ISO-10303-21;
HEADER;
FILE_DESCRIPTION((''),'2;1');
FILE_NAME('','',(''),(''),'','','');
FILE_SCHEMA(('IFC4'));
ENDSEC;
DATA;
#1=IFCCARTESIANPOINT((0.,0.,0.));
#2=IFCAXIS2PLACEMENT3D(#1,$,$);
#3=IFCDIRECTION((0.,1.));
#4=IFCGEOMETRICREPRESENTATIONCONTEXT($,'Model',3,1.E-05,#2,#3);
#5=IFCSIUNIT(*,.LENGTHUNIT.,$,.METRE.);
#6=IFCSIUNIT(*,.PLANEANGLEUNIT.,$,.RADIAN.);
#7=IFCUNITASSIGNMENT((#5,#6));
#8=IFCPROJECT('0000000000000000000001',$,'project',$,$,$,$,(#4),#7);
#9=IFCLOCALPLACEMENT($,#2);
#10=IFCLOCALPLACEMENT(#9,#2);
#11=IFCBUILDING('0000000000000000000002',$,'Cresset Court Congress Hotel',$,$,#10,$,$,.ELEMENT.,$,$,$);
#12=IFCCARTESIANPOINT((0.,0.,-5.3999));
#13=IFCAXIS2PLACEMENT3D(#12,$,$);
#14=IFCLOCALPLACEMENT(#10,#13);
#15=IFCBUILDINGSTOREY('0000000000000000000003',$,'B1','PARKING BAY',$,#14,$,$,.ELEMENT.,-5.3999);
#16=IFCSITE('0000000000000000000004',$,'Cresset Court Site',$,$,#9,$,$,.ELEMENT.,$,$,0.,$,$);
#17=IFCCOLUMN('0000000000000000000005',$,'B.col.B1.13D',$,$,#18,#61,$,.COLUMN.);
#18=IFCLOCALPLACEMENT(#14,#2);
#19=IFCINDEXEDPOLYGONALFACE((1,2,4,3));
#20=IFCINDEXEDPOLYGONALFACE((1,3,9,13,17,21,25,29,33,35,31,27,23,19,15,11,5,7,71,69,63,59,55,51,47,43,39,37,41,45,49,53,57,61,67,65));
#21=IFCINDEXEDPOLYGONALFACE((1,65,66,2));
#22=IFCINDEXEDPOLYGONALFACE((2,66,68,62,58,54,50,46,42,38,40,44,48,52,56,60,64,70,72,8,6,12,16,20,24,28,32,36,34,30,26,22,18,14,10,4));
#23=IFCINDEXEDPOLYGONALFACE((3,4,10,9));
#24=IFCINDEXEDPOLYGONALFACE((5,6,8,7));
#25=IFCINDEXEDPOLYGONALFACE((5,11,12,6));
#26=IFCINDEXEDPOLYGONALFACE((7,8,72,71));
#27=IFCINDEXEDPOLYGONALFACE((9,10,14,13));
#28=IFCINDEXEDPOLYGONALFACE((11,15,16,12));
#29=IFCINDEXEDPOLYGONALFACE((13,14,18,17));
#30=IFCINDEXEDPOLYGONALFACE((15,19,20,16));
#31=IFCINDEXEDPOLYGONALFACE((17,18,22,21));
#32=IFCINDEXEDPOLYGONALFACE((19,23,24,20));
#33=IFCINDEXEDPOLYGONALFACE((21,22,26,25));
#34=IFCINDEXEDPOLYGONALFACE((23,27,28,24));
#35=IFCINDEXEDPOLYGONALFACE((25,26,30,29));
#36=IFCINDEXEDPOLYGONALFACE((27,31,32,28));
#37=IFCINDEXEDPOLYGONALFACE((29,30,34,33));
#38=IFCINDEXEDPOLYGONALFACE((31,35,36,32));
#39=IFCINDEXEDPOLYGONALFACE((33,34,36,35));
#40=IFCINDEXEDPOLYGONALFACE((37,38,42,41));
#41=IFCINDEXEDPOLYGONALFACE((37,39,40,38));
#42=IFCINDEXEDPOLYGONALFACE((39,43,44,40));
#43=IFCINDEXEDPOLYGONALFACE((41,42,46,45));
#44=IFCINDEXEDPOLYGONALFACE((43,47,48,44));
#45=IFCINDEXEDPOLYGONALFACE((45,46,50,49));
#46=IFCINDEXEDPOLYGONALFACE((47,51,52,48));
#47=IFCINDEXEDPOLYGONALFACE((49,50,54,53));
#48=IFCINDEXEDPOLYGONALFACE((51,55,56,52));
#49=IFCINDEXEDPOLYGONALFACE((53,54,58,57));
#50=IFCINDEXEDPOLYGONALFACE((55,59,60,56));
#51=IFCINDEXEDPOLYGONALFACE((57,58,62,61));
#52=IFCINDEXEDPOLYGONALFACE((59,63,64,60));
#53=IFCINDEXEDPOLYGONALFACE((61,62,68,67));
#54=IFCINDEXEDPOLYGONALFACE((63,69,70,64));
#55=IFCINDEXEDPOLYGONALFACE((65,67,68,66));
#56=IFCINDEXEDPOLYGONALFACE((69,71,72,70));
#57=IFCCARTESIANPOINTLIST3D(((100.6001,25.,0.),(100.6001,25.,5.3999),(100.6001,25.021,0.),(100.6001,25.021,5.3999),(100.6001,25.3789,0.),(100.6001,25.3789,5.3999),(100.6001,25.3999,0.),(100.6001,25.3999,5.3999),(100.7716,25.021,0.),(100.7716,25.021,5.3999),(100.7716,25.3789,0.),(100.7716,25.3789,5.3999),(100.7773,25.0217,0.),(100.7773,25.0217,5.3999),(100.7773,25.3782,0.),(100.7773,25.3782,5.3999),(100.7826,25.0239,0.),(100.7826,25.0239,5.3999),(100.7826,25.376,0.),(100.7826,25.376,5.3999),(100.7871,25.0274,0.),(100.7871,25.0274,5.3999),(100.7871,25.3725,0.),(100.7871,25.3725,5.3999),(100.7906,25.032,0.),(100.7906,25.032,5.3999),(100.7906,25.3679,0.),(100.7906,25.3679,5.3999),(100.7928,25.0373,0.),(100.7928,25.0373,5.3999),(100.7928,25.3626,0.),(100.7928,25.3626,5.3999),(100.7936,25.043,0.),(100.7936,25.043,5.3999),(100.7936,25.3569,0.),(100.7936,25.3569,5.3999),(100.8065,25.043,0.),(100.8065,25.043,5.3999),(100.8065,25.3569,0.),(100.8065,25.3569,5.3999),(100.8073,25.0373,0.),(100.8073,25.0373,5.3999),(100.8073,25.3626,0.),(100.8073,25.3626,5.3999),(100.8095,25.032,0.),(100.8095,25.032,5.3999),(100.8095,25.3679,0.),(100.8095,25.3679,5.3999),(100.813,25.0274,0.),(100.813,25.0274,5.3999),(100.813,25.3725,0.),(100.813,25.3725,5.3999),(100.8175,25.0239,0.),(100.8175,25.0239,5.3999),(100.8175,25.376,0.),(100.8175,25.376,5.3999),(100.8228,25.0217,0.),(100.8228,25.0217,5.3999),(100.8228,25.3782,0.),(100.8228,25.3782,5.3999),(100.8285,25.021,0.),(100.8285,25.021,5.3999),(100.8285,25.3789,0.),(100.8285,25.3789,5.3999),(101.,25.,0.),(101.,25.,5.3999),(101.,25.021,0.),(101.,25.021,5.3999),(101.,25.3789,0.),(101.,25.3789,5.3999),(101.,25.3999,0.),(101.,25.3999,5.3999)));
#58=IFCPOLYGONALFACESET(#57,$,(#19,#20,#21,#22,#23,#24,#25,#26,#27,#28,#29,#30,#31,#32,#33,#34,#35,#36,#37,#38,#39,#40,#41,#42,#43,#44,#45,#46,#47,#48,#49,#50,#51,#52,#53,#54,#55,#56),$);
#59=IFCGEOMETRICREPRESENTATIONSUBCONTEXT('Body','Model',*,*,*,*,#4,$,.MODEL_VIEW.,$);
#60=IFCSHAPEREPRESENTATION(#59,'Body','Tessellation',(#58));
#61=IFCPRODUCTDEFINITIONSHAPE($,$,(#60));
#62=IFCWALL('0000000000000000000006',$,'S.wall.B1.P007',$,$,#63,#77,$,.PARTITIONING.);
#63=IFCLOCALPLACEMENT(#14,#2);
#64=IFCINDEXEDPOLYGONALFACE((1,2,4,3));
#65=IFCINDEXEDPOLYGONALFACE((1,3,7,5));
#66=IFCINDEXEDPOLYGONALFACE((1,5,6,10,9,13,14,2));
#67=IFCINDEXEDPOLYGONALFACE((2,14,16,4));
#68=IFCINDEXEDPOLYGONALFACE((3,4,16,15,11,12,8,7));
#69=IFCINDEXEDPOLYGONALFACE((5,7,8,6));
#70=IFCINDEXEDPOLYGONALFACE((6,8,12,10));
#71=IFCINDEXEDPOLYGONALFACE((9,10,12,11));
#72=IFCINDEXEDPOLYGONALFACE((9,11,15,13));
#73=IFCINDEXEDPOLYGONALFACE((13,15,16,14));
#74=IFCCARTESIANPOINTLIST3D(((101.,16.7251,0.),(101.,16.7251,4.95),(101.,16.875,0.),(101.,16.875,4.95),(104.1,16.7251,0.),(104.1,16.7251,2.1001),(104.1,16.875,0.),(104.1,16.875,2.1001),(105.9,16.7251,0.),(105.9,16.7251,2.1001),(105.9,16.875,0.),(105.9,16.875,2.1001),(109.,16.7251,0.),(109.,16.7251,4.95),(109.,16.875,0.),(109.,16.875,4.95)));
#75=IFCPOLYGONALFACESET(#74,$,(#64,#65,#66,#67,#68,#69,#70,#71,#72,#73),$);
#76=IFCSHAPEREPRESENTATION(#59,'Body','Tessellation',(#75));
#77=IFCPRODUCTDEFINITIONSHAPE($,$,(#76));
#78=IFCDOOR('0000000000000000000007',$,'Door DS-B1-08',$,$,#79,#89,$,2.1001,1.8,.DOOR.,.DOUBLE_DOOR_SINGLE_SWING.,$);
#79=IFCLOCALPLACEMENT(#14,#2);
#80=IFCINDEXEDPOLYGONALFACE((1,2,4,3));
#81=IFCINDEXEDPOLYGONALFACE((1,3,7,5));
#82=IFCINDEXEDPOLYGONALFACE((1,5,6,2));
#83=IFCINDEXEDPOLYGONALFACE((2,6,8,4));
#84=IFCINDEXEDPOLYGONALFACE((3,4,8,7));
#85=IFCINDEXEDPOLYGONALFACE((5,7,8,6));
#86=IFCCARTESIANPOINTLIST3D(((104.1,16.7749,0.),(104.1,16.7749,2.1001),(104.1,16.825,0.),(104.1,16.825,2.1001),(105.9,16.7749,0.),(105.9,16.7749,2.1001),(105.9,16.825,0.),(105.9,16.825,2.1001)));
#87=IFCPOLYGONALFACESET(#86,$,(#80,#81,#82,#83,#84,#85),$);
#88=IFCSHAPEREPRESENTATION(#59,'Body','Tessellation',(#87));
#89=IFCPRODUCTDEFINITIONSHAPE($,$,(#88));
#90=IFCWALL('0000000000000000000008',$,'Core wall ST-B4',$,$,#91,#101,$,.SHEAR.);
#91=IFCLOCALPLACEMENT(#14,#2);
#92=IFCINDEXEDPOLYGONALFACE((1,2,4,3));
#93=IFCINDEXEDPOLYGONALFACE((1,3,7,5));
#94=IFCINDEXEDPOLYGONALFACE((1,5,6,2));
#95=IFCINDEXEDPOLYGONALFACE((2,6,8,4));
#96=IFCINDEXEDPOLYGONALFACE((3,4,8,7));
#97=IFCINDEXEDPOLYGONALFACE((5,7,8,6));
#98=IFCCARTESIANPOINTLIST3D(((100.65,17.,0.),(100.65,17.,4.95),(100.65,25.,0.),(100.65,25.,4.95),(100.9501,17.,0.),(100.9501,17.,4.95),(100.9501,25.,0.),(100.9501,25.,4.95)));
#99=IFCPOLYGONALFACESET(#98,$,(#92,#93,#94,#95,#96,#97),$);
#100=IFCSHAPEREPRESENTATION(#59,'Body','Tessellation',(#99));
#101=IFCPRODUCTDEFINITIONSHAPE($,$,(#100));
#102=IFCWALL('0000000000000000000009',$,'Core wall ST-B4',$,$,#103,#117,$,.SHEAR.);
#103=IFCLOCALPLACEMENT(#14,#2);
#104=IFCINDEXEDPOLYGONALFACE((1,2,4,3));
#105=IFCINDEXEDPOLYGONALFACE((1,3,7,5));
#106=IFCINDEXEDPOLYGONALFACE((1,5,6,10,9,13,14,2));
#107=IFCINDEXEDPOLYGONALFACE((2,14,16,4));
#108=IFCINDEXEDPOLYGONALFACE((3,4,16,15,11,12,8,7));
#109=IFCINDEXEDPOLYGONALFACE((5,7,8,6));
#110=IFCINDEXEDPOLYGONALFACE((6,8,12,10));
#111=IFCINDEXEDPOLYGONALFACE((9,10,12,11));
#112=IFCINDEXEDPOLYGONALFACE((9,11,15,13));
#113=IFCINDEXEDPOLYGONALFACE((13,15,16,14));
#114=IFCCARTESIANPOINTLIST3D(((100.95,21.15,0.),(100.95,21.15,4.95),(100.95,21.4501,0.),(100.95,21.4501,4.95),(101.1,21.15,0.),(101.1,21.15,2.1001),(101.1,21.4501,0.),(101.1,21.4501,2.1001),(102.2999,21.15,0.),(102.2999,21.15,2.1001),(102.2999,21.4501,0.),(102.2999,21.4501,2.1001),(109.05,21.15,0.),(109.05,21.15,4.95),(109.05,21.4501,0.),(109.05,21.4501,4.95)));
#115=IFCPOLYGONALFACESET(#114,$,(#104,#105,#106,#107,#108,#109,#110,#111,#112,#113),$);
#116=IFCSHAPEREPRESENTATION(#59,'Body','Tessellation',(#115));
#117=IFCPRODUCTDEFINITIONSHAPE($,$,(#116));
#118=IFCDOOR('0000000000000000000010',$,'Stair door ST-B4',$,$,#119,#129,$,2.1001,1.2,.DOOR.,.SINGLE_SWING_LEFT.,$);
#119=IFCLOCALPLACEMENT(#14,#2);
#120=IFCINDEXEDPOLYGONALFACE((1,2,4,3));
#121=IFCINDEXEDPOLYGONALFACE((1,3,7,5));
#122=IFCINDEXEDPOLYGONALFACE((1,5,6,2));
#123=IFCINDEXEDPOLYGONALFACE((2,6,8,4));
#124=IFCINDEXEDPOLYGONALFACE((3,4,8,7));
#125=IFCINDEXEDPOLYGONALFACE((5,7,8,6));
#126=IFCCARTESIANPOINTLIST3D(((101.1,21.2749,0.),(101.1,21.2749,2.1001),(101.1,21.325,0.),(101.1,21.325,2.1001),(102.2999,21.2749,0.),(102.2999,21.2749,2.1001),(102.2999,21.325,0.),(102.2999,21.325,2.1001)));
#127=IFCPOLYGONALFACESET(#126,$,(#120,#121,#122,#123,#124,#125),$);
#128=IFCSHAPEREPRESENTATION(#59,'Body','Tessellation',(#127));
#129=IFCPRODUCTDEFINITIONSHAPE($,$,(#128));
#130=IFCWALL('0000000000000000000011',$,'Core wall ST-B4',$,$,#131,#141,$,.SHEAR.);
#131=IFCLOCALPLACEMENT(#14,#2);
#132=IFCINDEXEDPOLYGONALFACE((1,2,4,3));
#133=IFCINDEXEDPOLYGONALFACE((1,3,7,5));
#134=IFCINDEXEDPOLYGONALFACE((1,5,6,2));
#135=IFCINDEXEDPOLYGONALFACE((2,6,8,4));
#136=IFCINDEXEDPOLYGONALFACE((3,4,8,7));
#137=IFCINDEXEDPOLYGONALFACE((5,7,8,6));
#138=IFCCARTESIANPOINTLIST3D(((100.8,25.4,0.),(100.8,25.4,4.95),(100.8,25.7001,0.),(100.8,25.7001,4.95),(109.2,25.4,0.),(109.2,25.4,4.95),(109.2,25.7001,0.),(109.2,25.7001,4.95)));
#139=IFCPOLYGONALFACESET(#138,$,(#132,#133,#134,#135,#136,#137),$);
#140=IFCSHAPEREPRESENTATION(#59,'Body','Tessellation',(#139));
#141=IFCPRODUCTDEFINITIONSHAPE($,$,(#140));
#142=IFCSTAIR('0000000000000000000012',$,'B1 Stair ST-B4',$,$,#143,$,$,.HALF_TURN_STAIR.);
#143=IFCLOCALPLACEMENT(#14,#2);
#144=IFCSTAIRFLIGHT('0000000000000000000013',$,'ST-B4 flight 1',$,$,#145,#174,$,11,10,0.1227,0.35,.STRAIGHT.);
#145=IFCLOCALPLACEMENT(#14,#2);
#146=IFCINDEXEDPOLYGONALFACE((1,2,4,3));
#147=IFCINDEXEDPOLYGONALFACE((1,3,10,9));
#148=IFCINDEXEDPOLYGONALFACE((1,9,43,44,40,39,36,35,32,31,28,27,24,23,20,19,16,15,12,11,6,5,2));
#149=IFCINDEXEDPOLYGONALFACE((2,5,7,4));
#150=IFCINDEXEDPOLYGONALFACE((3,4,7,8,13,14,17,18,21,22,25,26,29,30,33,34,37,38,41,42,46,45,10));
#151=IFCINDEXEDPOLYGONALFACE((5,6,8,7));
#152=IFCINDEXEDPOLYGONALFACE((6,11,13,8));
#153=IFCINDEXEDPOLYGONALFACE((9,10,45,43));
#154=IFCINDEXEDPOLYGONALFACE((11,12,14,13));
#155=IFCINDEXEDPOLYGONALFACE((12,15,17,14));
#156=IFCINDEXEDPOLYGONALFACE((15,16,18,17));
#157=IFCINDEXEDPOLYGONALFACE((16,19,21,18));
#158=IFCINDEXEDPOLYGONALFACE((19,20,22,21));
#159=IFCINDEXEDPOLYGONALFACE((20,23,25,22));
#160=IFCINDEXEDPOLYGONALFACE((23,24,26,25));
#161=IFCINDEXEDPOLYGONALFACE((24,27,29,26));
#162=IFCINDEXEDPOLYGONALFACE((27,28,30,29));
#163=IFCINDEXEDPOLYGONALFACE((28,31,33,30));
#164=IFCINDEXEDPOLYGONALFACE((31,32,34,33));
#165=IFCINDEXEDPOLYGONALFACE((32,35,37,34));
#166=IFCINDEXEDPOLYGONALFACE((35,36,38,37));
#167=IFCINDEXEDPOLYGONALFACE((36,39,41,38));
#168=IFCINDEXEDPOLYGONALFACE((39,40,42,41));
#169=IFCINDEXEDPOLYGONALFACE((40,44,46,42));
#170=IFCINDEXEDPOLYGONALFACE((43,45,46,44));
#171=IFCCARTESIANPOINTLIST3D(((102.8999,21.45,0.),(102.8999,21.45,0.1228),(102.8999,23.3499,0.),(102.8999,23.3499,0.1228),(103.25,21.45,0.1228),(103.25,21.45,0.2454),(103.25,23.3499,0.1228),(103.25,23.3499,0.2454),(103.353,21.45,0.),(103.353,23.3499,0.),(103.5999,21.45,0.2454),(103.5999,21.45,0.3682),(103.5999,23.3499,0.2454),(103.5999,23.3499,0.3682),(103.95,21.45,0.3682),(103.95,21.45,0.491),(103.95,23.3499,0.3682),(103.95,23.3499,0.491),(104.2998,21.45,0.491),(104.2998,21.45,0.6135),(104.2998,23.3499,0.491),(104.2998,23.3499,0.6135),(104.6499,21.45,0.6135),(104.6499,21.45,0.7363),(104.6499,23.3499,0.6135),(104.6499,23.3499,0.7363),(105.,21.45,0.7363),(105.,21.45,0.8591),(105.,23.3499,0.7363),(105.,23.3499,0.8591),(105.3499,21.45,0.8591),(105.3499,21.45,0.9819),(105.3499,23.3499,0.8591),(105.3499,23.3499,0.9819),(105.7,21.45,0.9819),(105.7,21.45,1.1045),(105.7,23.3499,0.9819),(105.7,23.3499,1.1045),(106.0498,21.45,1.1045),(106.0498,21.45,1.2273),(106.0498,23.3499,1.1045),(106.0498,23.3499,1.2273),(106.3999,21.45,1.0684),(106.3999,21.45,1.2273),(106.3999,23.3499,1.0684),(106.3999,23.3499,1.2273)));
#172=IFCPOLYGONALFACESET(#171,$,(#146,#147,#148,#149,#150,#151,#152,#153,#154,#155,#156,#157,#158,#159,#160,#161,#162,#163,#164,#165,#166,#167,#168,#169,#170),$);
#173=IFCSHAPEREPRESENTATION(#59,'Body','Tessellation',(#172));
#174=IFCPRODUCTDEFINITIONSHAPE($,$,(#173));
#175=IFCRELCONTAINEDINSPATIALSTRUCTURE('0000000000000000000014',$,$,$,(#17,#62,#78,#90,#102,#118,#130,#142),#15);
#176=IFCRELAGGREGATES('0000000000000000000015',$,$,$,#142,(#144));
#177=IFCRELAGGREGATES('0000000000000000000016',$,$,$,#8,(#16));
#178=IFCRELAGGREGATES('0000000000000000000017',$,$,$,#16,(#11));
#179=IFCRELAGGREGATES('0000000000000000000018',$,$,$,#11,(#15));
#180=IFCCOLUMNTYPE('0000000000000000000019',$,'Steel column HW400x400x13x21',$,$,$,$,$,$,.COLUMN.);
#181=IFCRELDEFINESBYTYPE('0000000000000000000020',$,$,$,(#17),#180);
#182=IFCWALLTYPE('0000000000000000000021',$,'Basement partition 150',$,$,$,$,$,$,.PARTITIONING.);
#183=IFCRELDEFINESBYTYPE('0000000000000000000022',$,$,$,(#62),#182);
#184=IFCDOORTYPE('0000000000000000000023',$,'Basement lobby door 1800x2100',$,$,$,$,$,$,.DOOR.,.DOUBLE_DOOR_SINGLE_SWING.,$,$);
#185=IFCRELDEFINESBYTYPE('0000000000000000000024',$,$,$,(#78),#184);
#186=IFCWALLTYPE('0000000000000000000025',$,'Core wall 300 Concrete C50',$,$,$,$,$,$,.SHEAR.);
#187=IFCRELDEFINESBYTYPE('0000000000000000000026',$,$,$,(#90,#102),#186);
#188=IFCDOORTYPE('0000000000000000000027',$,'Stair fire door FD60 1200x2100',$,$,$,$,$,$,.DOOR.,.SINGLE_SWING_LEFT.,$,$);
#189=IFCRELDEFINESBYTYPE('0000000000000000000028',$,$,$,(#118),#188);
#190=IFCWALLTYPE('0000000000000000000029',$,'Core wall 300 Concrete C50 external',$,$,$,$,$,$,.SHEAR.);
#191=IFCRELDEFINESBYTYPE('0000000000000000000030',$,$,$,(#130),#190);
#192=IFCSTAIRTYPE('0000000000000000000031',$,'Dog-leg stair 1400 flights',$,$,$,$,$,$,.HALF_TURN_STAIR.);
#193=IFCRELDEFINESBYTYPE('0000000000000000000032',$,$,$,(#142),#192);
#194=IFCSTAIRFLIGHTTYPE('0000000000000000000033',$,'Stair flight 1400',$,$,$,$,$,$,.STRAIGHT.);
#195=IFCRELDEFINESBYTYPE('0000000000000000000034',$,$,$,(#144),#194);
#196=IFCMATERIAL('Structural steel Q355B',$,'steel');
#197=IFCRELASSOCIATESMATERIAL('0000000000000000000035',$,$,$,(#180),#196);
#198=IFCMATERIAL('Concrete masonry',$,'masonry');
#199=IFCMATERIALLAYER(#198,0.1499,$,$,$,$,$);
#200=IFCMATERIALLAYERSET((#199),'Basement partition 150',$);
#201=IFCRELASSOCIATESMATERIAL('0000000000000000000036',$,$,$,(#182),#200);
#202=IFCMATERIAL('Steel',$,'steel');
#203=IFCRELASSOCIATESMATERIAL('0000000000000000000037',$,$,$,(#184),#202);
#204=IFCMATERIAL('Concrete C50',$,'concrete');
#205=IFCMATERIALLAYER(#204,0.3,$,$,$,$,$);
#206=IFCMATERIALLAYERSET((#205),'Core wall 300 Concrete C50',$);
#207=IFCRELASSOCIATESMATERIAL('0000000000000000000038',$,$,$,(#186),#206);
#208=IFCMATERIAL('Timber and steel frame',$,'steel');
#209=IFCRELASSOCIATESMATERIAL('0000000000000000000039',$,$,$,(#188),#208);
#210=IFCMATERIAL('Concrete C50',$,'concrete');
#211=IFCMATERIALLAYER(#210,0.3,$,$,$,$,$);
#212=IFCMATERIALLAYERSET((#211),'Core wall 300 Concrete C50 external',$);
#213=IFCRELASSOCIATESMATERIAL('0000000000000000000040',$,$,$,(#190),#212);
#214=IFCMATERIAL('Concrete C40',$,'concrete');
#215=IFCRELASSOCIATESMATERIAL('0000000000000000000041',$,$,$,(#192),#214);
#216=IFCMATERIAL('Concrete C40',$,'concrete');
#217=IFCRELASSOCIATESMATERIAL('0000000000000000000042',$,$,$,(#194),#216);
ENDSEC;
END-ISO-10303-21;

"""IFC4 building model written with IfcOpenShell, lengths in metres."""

from ifc_helpers import new_model, si_unit, direction, frame, frame_2d, origin, origin_2d, place, context, subcontext, project, spatial, polyline, rectangle, i_section, outline, extrude, material, layer, layer_set, material_profile, profile_set, type_object, element, fill, aggregate, save


model = new_model("IFC4")

# Units and contexts
model_context = context("Model", 3, precision=1e-05, world=origin(), true_north=direction((0.0, 1.0)))
body_context = subcontext(model_context, "Body", "Model", "MODEL_VIEW")
ifc_project = project(units=[si_unit("LENGTHUNIT", "METRE"), si_unit("PLANEANGLEUNIT", "RADIAN")], contexts=[model_context])

# Site, building, storey
site_placement = place(None, origin())
site = spatial("IfcSite", under=ifc_project, at=site_placement, Name="Cresset Court Site", CompositionType="ELEMENT", RefElevation=0.0)
building_placement = place(site_placement, origin())
building = spatial("IfcBuilding", under=site, at=building_placement, Name="Cresset Court Congress Hotel", CompositionType="ELEMENT")
storey_placement = place(building_placement, frame((0.0, 0.0, -5.3999)))
storey = spatial("IfcBuildingStorey", under=building, at=storey_placement, Name="B1", Description="PARKING BAY", CompositionType="ELEMENT", Elevation=-5.3999)

# Column
ifc_material_1 = material(Name="Structural steel Q355B", Category="steel")
ifc_material_profile_1 = material_profile(ifc_material_1, i_section(OverallWidth=0.3999, OverallDepth=0.3999, WebThickness=0.0129, FlangeThickness=0.021, FilletRadius=0.022, at=origin_2d()), Name="HW400x400x13x21")
ifc_profile_set_1 = profile_set([ifc_material_profile_1], Name="Structural steel Q355B")
column_type_1 = type_object("IfcColumnType", Name="Steel column HW400x400x13x21", PredefinedType="COLUMN", material=ifc_profile_set_1)
for number, where, z_axis, x_axis, name in (
    (1, (100.8, 25.2, 0.0), (0.0, 0.0, 1.0), (1.0, 0.0, 0.0), "B.col.B1.13D"),
):
    element("IfcColumn", number, at=place(storey_placement, frame(where, z_axis=z_axis, x_axis=x_axis)), inside=storey, type_object=column_type_1, Name=name, PredefinedType="COLUMN", context=body_context, shape_type="SweptSolid", body=[
        extrude(i_section(OverallWidth=0.3999, OverallDepth=0.3999, WebThickness=0.0129, FlangeThickness=0.021, FilletRadius=0.022, at=origin_2d()), origin(), (0.0, 0.0, 1.0), 5.3999),
    ])

# Wall, opening, door
ifc_material_2 = material(Name="Concrete masonry", Category="masonry")
ifc_layer_1 = layer(ifc_material_2, 0.1499)
ifc_layer_set_1 = layer_set([ifc_layer_1], Name="Basement partition 150")
wall_type_1 = type_object("IfcWallType", Name="Basement partition 150", PredefinedType="PARTITIONING", material=ifc_layer_set_1)
wall_1_placement = place(storey_placement, frame((101.0, 16.8, 0.0), z_axis=(0.0, 0.0, 1.0), x_axis=(1.0, 0.0, 0.0)))
wall_1 = element("IfcWall", 2, at=wall_1_placement, inside=storey, type_object=wall_type_1, Name="S.wall.B1.P007", PredefinedType="PARTITIONING", context=body_context, shape_type="SweptSolid", body=[
    extrude(rectangle(XDim=8.0, YDim=0.1499, at=frame_2d((4.0, 0.0))), origin(), (0.0, 0.0, 1.0), 4.95),
])
opening_1_placement = place(wall_1_placement, frame((3.1001, 0.0, 0.0)))
opening_1 = element("IfcOpeningElement", 3, at=opening_1_placement, cuts=wall_1, PredefinedType="OPENING", context=body_context, shape_type="SweptSolid", body=[
    extrude(rectangle(XDim=1.8, YDim=2.1001, at=frame_2d((0.8999, 1.05))), frame((0.0, 0.085, 0.0), z_axis=(0.0, -1.0, 0.0), x_axis=(1.0, 0.0, 0.0)), (0.0, 0.0, 1.0), 0.1699),
])
ifc_material_3 = material(Name="Steel", Category="steel")
door_type_1 = type_object("IfcDoorType", Name="Basement lobby door 1800x2100", OperationType="DOUBLE_DOOR_SINGLE_SWING", PredefinedType="DOOR", material=ifc_material_3)
door_1_placement = place(opening_1_placement, origin())
door_1 = element("IfcDoor", 4, at=door_1_placement, inside=storey, type_object=door_type_1, Name="Door DS-B1-08", OperationType="DOUBLE_DOOR_SINGLE_SWING", OverallHeight=2.1001, OverallWidth=1.8, PredefinedType="DOOR", context=body_context, shape_type="SweptSolid", body=[
    extrude(rectangle(XDim=1.8, YDim=2.1001, at=frame_2d((0.8999, 1.05))), frame((0.0, 0.0249, 0.0), z_axis=(0.0, -1.0, 0.0), x_axis=(1.0, 0.0, 0.0)), (0.0, 0.0, 1.0), 0.05),
])
fill(opening_1, door_1)

# Wall
ifc_material_4 = material(Name="Concrete C50", Category="concrete")
ifc_layer_2 = layer(ifc_material_4, 0.3)
ifc_layer_set_2 = layer_set([ifc_layer_2], Name="Core wall 300 Concrete C50")
wall_type_2 = type_object("IfcWallType", Name="Core wall 300 Concrete C50", PredefinedType="SHEAR", material=ifc_layer_set_2)
wall_2_placement = place(storey_placement, frame((100.8, 17.0, 0.0), z_axis=(0.0, 0.0, 1.0), x_axis=(0.0, 1.0, 0.0)))
element("IfcWall", 5, at=wall_2_placement, inside=storey, type_object=wall_type_2, Name="Core wall ST-B4", PredefinedType="SHEAR", context=body_context, shape_type="SweptSolid", body=[
    extrude(rectangle(XDim=8.0, YDim=0.3, at=frame_2d((4.0, 0.0))), origin(), (0.0, 0.0, 1.0), 4.95),
])

# Wall, opening, door
wall_3_placement = place(storey_placement, frame((100.95, 21.3, 0.0), z_axis=(0.0, 0.0, 1.0), x_axis=(1.0, 0.0, 0.0)))
wall_3 = element("IfcWall", 6, at=wall_3_placement, inside=storey, type_object=wall_type_2, Name="Core wall ST-B4", PredefinedType="SHEAR", context=body_context, shape_type="SweptSolid", body=[
    extrude(rectangle(XDim=8.1001, YDim=0.3, at=frame_2d((4.05, 0.0))), origin(), (0.0, 0.0, 1.0), 4.95),
])
opening_2_placement = place(wall_3_placement, frame((0.1499, 0.0, 0.0)))
opening_2 = element("IfcOpeningElement", 7, at=opening_2_placement, cuts=wall_3, PredefinedType="OPENING", context=body_context, shape_type="SweptSolid", body=[
    extrude(rectangle(XDim=1.2, YDim=2.1001, at=frame_2d((0.6001, 1.05))), frame((0.0, 0.1599, 0.0), z_axis=(0.0, -1.0, 0.0), x_axis=(1.0, 0.0, 0.0)), (0.0, 0.0, 1.0), 0.3201),
])
ifc_material_5 = material(Name="Timber and steel frame", Category="steel")
door_type_2 = type_object("IfcDoorType", Name="Stair fire door FD60 1200x2100", OperationType="SINGLE_SWING_LEFT", PredefinedType="DOOR", material=ifc_material_5)
door_2_placement = place(opening_2_placement, origin())
door_2 = element("IfcDoor", 8, at=door_2_placement, inside=storey, type_object=door_type_2, Name="Stair door ST-B4", OperationType="SINGLE_SWING_LEFT", OverallHeight=2.1001, OverallWidth=1.2, PredefinedType="DOOR", context=body_context, shape_type="SweptSolid", body=[
    extrude(rectangle(XDim=1.2, YDim=2.1001, at=frame_2d((0.6001, 1.05))), frame((0.0, 0.0249, 0.0), z_axis=(0.0, -1.0, 0.0), x_axis=(1.0, 0.0, 0.0)), (0.0, 0.0, 1.0), 0.05),
])
fill(opening_2, door_2)

# Wall
ifc_material_6 = material(Name="Concrete C50", Category="concrete")
ifc_layer_3 = layer(ifc_material_6, 0.3)
ifc_layer_set_3 = layer_set([ifc_layer_3], Name="Core wall 300 Concrete C50 external")
wall_type_3 = type_object("IfcWallType", Name="Core wall 300 Concrete C50 external", PredefinedType="SHEAR", material=ifc_layer_set_3)
wall_4_placement = place(storey_placement, frame((100.8, 25.55, 0.0), z_axis=(0.0, 0.0, 1.0), x_axis=(1.0, 0.0, 0.0)))
element("IfcWall", 9, at=wall_4_placement, inside=storey, type_object=wall_type_3, Name="Core wall ST-B4", PredefinedType="SHEAR", context=body_context, shape_type="SweptSolid", body=[
    extrude(rectangle(XDim=8.3999, YDim=0.3, at=frame_2d((4.2, 0.0))), origin(), (0.0, 0.0, 1.0), 4.95),
])

# Stair, stair flight
ifc_material_7 = material(Name="Concrete C40", Category="concrete")
stair_type = type_object("IfcStairType", Name="Dog-leg stair 1400 flights", PredefinedType="HALF_TURN_STAIR", material=ifc_material_7)
stair_placement = place(storey_placement, origin())
stair = element("IfcStair", 10, at=stair_placement, inside=storey, type_object=stair_type, Name="B1 Stair ST-B4", PredefinedType="HALF_TURN_STAIR")
ifc_material_8 = material(Name="Concrete C40", Category="concrete")
stair_flight_type = type_object("IfcStairFlightType", Name="Stair flight 1400", PredefinedType="STRAIGHT", material=ifc_material_8)
stair_flight_placement = place(storey_placement, frame((102.8999, 22.3999, 0.0), z_axis=(0.0, 0.0, 1.0), x_axis=(1.0, 0.0, 0.0)))
stair_flight = element("IfcStairFlight", 11, at=stair_flight_placement, type_object=stair_flight_type, Name="ST-B4 flight 1", NumberOfRisers=11, NumberOfTreads=10, PredefinedType="STRAIGHT", RiserHeight=0.1227, TreadLength=0.35, context=body_context, shape_type="SweptSolid", body=[
    extrude(outline(polyline([(0.0, 0.0), (0.0, 0.1228), (0.3501, 0.1228), (0.3501, 0.2454), (0.7, 0.2454), (0.7, 0.3682), (1.05, 0.3682), (1.05, 0.491), (1.3999, 0.491), (1.3999, 0.6135), (1.75, 0.6135), (1.75, 0.7363), (2.1001, 0.7363), (2.1001, 0.8591), (2.45, 0.8591), (2.45, 0.9819), (2.8, 0.9819), (2.8, 1.1045), (3.1499, 1.1045), (3.1499, 1.2273), (3.5, 1.2273), (3.5, 1.3501), (3.5, 1.0684), (0.4531, 0.0), (0.0, 0.0)])), frame((0.0, 0.95, 0.0), z_axis=(0.0, -1.0, 0.0), x_axis=(1.0, 0.0, 0.0)), (0.0, 0.0, 1.0), 1.8999),
])
aggregate(stair, [stair_flight])

save(model, "model.ifc")
